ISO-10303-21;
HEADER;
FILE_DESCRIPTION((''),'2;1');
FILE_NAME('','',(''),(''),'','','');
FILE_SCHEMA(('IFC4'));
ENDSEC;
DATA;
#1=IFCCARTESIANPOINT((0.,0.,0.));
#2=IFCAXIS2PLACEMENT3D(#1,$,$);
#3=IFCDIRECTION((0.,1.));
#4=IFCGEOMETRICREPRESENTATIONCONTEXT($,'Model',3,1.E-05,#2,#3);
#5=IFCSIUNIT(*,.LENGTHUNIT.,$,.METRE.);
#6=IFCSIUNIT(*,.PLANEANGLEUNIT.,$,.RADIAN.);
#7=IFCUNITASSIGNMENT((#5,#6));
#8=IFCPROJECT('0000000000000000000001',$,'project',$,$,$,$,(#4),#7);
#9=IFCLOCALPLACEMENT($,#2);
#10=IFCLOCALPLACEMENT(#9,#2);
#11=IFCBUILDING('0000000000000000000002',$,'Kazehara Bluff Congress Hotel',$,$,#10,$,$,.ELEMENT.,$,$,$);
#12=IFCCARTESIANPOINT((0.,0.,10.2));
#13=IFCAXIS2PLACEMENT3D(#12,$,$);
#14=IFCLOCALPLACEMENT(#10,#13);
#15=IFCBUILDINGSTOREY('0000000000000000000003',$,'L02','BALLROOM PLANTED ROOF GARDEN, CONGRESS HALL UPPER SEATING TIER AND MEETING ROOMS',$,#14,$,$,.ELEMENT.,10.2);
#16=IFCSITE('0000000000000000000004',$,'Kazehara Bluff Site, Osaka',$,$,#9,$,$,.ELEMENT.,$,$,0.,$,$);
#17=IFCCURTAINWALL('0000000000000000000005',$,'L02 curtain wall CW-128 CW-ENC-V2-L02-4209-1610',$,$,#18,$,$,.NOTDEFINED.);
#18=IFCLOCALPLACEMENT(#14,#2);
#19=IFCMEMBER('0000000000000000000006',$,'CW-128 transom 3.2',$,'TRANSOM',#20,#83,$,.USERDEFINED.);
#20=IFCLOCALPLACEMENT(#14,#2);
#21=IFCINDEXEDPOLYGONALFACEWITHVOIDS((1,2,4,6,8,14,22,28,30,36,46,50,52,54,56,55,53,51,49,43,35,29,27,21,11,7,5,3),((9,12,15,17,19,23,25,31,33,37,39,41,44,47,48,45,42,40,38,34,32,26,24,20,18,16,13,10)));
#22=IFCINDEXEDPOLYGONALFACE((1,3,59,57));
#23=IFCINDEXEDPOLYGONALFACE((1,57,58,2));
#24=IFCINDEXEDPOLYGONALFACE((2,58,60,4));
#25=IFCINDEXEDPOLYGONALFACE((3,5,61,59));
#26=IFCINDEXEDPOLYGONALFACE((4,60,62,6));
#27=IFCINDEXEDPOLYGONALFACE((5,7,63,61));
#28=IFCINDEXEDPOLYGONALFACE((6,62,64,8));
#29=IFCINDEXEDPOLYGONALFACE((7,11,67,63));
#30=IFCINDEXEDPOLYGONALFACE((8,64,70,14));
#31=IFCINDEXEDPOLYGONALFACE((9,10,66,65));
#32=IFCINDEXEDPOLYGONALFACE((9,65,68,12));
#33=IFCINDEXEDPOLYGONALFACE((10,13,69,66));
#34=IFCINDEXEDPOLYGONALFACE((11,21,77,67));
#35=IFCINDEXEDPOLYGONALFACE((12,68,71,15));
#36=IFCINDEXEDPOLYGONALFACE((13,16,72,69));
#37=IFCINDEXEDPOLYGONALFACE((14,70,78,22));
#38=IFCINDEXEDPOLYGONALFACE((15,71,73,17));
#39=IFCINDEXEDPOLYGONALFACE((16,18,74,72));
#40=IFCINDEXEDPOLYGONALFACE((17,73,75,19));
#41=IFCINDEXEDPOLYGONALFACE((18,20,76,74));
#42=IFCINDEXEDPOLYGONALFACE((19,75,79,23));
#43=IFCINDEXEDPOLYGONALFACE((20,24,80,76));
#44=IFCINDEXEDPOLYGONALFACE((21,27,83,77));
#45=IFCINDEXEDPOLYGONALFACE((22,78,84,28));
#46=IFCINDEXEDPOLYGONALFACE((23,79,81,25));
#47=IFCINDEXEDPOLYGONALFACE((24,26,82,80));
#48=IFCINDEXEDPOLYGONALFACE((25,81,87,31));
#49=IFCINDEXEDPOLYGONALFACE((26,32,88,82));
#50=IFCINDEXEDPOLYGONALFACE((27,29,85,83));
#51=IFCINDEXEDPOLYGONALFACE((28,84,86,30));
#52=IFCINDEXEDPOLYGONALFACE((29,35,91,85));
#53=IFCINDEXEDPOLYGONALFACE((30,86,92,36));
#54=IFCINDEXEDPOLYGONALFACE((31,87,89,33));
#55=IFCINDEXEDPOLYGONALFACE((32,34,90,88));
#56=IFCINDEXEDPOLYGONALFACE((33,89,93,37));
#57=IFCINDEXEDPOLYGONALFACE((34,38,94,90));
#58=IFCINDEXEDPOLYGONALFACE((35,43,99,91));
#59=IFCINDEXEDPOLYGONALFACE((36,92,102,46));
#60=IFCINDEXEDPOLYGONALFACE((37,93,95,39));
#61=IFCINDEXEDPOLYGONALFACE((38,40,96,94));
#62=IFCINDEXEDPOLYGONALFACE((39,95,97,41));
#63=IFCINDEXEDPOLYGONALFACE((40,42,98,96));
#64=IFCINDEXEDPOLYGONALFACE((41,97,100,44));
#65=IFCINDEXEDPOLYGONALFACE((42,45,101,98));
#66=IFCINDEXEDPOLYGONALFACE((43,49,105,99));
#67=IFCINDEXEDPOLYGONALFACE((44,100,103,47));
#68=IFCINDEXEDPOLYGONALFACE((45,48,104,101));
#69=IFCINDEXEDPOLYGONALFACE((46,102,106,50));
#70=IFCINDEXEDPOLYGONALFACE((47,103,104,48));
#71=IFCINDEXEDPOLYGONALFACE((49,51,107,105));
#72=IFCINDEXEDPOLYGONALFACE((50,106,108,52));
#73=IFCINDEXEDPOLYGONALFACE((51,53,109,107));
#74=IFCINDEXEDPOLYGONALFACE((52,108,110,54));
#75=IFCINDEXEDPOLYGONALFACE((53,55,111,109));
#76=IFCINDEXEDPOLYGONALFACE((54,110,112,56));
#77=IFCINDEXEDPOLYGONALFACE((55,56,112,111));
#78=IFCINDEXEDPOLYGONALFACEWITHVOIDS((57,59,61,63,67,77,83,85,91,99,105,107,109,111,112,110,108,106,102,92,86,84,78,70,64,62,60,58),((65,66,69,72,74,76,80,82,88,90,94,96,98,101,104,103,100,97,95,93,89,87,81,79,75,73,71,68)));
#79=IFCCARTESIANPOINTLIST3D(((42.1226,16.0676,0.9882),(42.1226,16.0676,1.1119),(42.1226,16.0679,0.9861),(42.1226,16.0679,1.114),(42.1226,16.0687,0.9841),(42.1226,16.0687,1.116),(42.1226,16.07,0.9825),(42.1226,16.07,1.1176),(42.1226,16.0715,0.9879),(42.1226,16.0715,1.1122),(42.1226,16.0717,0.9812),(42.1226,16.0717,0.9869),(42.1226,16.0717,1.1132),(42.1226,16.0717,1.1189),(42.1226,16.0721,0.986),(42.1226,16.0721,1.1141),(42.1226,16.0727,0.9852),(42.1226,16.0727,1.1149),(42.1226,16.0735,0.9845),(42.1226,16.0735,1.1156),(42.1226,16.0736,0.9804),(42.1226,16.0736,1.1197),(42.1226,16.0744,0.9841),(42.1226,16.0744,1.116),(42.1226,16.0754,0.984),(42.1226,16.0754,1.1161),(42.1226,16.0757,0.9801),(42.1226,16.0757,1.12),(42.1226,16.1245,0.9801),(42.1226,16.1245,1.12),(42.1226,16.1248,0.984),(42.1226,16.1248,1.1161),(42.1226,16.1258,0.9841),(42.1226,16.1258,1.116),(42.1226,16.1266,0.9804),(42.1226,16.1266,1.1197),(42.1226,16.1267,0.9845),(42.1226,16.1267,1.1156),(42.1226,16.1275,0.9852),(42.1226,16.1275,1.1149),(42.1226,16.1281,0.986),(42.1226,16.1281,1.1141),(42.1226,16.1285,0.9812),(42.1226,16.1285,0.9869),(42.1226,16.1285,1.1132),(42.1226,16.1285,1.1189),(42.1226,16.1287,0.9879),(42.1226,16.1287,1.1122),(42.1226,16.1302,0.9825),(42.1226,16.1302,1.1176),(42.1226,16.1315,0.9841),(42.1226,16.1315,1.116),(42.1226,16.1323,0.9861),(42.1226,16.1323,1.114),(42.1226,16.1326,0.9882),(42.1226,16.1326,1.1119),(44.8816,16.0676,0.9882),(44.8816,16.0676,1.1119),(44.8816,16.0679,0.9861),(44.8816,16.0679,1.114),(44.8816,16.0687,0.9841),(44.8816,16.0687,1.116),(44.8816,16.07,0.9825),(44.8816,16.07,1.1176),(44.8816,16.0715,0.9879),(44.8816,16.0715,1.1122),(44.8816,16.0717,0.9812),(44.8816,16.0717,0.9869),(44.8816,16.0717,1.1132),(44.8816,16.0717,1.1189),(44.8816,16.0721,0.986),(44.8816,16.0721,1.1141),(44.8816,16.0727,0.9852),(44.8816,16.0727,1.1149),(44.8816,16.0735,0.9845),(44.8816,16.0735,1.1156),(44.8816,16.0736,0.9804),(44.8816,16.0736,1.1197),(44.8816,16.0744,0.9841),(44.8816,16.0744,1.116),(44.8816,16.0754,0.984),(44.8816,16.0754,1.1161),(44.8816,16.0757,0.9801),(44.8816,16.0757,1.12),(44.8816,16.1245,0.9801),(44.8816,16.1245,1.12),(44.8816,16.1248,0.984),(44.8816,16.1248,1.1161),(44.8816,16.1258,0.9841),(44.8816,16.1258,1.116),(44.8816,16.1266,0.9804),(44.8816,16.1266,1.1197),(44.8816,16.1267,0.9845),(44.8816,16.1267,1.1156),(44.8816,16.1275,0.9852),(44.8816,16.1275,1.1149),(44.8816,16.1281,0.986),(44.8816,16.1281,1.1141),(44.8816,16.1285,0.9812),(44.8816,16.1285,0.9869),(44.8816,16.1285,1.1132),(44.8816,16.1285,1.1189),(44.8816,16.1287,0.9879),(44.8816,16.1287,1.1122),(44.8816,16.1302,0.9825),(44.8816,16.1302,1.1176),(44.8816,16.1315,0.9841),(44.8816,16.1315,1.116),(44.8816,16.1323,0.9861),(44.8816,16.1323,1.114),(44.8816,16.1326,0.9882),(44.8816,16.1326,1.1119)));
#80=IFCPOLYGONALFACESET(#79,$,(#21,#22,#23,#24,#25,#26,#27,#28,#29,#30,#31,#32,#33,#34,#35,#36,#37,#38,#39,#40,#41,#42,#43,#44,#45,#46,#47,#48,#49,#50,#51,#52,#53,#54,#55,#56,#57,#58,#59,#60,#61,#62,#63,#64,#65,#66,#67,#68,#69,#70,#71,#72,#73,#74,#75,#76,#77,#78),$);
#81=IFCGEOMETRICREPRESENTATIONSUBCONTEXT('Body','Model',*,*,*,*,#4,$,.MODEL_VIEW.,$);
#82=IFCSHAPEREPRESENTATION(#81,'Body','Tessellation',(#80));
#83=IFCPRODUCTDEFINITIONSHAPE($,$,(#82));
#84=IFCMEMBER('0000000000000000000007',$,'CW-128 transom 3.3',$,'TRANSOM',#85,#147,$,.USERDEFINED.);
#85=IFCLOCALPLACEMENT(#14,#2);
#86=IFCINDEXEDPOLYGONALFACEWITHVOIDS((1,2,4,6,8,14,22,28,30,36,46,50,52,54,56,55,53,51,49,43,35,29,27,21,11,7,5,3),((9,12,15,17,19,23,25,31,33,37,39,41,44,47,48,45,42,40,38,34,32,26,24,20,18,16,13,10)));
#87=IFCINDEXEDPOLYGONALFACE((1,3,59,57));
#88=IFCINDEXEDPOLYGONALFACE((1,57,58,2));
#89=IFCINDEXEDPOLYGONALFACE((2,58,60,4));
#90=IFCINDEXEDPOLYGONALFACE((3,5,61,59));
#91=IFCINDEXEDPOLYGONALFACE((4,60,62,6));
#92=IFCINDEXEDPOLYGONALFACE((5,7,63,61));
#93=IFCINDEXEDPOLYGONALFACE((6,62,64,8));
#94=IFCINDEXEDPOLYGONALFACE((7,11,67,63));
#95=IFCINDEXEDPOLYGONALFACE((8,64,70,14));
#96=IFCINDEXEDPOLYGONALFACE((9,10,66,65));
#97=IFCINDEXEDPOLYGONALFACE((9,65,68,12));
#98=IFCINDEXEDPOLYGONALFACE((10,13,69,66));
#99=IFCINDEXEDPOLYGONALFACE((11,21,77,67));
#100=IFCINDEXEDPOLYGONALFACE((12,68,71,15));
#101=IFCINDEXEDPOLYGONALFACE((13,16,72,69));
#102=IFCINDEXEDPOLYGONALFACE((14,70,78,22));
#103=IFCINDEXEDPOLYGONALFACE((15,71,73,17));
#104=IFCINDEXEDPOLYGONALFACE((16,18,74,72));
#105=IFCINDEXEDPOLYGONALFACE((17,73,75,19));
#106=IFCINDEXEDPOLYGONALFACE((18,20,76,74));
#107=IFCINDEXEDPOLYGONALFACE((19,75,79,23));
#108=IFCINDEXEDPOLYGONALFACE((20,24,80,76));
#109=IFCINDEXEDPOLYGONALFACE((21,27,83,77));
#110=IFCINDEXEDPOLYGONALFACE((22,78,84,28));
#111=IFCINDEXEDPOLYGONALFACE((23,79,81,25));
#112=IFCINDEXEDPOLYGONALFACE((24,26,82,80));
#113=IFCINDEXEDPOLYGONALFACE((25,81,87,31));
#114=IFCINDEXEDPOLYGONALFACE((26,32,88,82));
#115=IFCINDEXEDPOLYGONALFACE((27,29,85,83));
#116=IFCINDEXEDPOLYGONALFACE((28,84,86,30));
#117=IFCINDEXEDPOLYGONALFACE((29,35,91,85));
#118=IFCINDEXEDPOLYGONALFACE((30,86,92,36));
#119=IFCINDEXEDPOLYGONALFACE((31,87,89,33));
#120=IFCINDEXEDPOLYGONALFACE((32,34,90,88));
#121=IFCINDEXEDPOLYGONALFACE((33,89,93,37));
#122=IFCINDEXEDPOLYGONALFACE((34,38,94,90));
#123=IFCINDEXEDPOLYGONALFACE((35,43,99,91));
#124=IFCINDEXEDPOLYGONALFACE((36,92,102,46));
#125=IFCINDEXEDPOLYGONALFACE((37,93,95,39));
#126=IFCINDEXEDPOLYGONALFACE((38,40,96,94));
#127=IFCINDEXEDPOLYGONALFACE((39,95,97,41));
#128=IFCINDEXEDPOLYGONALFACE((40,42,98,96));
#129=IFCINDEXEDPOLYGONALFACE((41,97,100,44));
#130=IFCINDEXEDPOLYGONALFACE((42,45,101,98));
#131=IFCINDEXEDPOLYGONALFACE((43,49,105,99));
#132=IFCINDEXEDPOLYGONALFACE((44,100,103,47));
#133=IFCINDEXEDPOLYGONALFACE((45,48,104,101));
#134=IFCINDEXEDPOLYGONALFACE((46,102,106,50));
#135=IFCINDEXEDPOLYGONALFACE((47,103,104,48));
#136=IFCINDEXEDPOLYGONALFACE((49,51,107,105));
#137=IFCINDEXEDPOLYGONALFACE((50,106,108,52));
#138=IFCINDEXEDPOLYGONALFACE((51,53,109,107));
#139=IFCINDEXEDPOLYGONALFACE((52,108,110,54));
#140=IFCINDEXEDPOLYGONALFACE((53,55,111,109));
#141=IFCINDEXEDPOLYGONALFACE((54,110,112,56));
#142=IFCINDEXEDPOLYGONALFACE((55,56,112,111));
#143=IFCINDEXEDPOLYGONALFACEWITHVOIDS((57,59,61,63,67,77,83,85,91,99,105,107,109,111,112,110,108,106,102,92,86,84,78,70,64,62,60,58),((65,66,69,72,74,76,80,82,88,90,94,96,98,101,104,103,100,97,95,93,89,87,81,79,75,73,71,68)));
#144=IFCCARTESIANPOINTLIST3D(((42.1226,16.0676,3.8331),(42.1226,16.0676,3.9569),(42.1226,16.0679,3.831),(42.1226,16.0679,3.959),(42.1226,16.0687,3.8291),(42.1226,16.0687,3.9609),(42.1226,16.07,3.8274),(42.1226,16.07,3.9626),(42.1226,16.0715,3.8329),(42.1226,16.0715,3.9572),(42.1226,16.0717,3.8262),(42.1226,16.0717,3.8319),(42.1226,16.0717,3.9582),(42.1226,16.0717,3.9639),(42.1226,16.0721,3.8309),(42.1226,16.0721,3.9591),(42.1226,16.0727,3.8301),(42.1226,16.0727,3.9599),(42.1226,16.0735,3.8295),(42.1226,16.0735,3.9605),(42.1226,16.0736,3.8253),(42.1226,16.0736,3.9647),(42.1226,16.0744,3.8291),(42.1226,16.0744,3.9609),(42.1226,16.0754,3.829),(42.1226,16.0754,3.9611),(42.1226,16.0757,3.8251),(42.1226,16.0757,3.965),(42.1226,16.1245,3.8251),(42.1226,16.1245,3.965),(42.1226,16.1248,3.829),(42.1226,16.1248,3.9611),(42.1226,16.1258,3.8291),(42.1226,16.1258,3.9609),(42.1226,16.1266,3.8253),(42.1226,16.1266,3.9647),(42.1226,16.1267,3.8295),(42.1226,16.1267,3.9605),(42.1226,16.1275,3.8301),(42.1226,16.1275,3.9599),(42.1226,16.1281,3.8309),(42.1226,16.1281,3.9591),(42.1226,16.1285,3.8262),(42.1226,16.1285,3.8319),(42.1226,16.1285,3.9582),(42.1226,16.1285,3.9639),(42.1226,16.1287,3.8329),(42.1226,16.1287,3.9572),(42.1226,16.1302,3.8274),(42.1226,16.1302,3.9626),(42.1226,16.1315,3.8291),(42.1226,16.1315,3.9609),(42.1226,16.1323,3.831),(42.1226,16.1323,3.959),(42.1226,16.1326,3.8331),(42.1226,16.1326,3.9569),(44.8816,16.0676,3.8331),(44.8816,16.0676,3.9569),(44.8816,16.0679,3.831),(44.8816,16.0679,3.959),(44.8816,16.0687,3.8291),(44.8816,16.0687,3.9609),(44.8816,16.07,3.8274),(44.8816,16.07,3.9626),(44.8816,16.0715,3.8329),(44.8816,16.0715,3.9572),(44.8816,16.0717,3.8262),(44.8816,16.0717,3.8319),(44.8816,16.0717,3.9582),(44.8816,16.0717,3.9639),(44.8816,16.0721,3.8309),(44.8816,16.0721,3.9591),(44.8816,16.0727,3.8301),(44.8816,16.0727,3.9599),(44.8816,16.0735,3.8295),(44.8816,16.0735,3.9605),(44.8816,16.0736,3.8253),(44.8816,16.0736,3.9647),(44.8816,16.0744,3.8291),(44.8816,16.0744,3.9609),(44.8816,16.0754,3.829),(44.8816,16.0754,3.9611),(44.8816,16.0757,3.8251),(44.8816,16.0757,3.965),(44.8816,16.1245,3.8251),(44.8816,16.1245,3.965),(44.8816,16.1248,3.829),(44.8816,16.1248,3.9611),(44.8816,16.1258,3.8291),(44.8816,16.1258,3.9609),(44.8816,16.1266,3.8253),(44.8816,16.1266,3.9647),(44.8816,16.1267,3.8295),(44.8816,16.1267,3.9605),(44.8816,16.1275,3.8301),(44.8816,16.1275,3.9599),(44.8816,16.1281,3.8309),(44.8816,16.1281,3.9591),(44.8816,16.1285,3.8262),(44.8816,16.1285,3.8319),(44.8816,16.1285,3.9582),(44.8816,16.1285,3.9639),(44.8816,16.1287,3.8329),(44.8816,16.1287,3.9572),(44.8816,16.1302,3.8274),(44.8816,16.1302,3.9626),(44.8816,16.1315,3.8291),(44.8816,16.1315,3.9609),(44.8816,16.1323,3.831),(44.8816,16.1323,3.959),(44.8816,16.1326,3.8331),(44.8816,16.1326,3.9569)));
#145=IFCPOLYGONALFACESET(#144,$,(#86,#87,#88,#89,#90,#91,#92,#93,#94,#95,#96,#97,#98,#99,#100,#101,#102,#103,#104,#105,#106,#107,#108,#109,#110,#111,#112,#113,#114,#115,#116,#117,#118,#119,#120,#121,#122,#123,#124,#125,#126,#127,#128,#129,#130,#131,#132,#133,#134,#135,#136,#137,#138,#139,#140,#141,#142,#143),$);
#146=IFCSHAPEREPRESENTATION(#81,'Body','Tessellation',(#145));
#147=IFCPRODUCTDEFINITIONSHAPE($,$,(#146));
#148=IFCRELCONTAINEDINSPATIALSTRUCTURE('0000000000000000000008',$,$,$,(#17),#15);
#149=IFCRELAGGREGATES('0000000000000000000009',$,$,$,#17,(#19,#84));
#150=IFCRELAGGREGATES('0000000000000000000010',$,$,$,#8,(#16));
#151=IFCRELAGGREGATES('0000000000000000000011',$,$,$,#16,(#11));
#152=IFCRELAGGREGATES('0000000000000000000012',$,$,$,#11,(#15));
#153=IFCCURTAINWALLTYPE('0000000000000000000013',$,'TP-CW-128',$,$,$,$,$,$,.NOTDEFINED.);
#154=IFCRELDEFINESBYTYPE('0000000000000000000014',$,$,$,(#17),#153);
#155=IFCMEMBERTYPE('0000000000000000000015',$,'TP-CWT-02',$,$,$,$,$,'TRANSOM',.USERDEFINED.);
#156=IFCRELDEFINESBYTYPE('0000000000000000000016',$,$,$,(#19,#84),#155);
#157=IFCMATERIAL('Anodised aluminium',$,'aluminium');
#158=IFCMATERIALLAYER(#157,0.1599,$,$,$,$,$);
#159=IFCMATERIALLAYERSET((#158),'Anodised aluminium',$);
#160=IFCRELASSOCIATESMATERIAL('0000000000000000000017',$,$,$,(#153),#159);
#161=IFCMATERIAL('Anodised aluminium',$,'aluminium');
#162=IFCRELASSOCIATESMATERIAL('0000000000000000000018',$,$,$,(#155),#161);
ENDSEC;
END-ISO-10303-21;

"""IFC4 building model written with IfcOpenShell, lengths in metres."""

from ifc_helpers import new_model, si_unit, direction, frame, origin, origin_2d, place, context, subcontext, project, spatial, hollow_rectangle, extrude, material, layer, layer_set, material_profile, profile_set, type_object, element, aggregate, save


model = new_model("IFC4")

# Units and contexts
model_context = context("Model", 3, precision=1e-05, world=origin(), true_north=direction((0.0, 1.0)))
body_context = subcontext(model_context, "Body", "Model", "MODEL_VIEW")
ifc_project = project(units=[si_unit("LENGTHUNIT", "METRE"), si_unit("PLANEANGLEUNIT", "RADIAN")], contexts=[model_context])

# Site, building, storey
site_placement = place(None, origin())
site = spatial("IfcSite", under=ifc_project, at=site_placement, Name="Kazehara Bluff Site, Osaka", CompositionType="ELEMENT", RefElevation=0.0)
building_placement = place(site_placement, origin())
building = spatial("IfcBuilding", under=site, at=building_placement, Name="Kazehara Bluff Congress Hotel", CompositionType="ELEMENT")
storey_placement = place(building_placement, frame((0.0, 0.0, 10.2)))
storey = spatial("IfcBuildingStorey", under=building, at=storey_placement, Name="L02", Description="BALLROOM PLANTED ROOF GARDEN, CONGRESS HALL UPPER SEATING TIER AND MEETING ROOMS", CompositionType="ELEMENT", Elevation=10.2)

# Curtain wall, members
ifc_material_1 = material(Name="Anodised aluminium", Category="aluminium")
ifc_layer_1 = layer(ifc_material_1, 0.1599)
ifc_layer_set_1 = layer_set([ifc_layer_1], Name="Anodised aluminium")
curtain_wall_type = type_object("IfcCurtainWallType", Name="TP-CW-128", PredefinedType="NOTDEFINED", material=ifc_layer_set_1)
curtain_wall_placement = place(storey_placement, origin())
curtain_wall = element("IfcCurtainWall", 1, at=curtain_wall_placement, inside=storey, type_object=curtain_wall_type, Name="L02 curtain wall CW-128 CW-ENC-V2-L02-4209-1610", PredefinedType="NOTDEFINED")
ifc_material_2 = material(Name="Anodised aluminium", Category="aluminium")
ifc_material_profile_1 = material_profile(ifc_material_2, hollow_rectangle(XDim=0.0649, YDim=0.1399, WallThickness=0.0039, InnerFilletRadius=0.0039, OuterFilletRadius=0.0081, at=origin_2d()))
ifc_profile_set_1 = profile_set([ifc_material_profile_1], Name="Anodised aluminium")
member_type_1 = type_object("IfcMemberType", Name="TP-CWT-02", ElementType="TRANSOM", PredefinedType="USERDEFINED", material=ifc_profile_set_1)
member_1_placement = place(storey_placement, frame((44.8816, 16.1001, 1.05), z_axis=(-1.0, 0.0, 0.0), x_axis=(0.0, -1.0, 0.0)))
member_1 = element("IfcMember", 2, at=member_1_placement, type_object=member_type_1, Name="CW-128 transom 3.2", ObjectType="TRANSOM", PredefinedType="USERDEFINED", context=body_context, shape_type="SweptSolid", body=[
    extrude(hollow_rectangle(XDim=0.0649, YDim=0.1399, WallThickness=0.0039, InnerFilletRadius=0.0039, OuterFilletRadius=0.0081, at=origin_2d()), origin(), (0.0, 0.0, 1.0), 2.759),
])
member_2_placement = place(storey_placement, frame((44.8816, 16.1001, 3.895), z_axis=(-1.0, 0.0, 0.0), x_axis=(0.0, -1.0, 0.0)))
member_2 = element("IfcMember", 3, at=member_2_placement, type_object=member_type_1, Name="CW-128 transom 3.3", ObjectType="TRANSOM", PredefinedType="USERDEFINED", context=body_context, shape_type="SweptSolid", body=[
    extrude(hollow_rectangle(XDim=0.0649, YDim=0.1399, WallThickness=0.0039, InnerFilletRadius=0.0039, OuterFilletRadius=0.0081, at=origin_2d()), origin(), (0.0, 0.0, 1.0), 2.759),
])

aggregate(curtain_wall, [member_1, member_2])

save(model, "model.ifc")
